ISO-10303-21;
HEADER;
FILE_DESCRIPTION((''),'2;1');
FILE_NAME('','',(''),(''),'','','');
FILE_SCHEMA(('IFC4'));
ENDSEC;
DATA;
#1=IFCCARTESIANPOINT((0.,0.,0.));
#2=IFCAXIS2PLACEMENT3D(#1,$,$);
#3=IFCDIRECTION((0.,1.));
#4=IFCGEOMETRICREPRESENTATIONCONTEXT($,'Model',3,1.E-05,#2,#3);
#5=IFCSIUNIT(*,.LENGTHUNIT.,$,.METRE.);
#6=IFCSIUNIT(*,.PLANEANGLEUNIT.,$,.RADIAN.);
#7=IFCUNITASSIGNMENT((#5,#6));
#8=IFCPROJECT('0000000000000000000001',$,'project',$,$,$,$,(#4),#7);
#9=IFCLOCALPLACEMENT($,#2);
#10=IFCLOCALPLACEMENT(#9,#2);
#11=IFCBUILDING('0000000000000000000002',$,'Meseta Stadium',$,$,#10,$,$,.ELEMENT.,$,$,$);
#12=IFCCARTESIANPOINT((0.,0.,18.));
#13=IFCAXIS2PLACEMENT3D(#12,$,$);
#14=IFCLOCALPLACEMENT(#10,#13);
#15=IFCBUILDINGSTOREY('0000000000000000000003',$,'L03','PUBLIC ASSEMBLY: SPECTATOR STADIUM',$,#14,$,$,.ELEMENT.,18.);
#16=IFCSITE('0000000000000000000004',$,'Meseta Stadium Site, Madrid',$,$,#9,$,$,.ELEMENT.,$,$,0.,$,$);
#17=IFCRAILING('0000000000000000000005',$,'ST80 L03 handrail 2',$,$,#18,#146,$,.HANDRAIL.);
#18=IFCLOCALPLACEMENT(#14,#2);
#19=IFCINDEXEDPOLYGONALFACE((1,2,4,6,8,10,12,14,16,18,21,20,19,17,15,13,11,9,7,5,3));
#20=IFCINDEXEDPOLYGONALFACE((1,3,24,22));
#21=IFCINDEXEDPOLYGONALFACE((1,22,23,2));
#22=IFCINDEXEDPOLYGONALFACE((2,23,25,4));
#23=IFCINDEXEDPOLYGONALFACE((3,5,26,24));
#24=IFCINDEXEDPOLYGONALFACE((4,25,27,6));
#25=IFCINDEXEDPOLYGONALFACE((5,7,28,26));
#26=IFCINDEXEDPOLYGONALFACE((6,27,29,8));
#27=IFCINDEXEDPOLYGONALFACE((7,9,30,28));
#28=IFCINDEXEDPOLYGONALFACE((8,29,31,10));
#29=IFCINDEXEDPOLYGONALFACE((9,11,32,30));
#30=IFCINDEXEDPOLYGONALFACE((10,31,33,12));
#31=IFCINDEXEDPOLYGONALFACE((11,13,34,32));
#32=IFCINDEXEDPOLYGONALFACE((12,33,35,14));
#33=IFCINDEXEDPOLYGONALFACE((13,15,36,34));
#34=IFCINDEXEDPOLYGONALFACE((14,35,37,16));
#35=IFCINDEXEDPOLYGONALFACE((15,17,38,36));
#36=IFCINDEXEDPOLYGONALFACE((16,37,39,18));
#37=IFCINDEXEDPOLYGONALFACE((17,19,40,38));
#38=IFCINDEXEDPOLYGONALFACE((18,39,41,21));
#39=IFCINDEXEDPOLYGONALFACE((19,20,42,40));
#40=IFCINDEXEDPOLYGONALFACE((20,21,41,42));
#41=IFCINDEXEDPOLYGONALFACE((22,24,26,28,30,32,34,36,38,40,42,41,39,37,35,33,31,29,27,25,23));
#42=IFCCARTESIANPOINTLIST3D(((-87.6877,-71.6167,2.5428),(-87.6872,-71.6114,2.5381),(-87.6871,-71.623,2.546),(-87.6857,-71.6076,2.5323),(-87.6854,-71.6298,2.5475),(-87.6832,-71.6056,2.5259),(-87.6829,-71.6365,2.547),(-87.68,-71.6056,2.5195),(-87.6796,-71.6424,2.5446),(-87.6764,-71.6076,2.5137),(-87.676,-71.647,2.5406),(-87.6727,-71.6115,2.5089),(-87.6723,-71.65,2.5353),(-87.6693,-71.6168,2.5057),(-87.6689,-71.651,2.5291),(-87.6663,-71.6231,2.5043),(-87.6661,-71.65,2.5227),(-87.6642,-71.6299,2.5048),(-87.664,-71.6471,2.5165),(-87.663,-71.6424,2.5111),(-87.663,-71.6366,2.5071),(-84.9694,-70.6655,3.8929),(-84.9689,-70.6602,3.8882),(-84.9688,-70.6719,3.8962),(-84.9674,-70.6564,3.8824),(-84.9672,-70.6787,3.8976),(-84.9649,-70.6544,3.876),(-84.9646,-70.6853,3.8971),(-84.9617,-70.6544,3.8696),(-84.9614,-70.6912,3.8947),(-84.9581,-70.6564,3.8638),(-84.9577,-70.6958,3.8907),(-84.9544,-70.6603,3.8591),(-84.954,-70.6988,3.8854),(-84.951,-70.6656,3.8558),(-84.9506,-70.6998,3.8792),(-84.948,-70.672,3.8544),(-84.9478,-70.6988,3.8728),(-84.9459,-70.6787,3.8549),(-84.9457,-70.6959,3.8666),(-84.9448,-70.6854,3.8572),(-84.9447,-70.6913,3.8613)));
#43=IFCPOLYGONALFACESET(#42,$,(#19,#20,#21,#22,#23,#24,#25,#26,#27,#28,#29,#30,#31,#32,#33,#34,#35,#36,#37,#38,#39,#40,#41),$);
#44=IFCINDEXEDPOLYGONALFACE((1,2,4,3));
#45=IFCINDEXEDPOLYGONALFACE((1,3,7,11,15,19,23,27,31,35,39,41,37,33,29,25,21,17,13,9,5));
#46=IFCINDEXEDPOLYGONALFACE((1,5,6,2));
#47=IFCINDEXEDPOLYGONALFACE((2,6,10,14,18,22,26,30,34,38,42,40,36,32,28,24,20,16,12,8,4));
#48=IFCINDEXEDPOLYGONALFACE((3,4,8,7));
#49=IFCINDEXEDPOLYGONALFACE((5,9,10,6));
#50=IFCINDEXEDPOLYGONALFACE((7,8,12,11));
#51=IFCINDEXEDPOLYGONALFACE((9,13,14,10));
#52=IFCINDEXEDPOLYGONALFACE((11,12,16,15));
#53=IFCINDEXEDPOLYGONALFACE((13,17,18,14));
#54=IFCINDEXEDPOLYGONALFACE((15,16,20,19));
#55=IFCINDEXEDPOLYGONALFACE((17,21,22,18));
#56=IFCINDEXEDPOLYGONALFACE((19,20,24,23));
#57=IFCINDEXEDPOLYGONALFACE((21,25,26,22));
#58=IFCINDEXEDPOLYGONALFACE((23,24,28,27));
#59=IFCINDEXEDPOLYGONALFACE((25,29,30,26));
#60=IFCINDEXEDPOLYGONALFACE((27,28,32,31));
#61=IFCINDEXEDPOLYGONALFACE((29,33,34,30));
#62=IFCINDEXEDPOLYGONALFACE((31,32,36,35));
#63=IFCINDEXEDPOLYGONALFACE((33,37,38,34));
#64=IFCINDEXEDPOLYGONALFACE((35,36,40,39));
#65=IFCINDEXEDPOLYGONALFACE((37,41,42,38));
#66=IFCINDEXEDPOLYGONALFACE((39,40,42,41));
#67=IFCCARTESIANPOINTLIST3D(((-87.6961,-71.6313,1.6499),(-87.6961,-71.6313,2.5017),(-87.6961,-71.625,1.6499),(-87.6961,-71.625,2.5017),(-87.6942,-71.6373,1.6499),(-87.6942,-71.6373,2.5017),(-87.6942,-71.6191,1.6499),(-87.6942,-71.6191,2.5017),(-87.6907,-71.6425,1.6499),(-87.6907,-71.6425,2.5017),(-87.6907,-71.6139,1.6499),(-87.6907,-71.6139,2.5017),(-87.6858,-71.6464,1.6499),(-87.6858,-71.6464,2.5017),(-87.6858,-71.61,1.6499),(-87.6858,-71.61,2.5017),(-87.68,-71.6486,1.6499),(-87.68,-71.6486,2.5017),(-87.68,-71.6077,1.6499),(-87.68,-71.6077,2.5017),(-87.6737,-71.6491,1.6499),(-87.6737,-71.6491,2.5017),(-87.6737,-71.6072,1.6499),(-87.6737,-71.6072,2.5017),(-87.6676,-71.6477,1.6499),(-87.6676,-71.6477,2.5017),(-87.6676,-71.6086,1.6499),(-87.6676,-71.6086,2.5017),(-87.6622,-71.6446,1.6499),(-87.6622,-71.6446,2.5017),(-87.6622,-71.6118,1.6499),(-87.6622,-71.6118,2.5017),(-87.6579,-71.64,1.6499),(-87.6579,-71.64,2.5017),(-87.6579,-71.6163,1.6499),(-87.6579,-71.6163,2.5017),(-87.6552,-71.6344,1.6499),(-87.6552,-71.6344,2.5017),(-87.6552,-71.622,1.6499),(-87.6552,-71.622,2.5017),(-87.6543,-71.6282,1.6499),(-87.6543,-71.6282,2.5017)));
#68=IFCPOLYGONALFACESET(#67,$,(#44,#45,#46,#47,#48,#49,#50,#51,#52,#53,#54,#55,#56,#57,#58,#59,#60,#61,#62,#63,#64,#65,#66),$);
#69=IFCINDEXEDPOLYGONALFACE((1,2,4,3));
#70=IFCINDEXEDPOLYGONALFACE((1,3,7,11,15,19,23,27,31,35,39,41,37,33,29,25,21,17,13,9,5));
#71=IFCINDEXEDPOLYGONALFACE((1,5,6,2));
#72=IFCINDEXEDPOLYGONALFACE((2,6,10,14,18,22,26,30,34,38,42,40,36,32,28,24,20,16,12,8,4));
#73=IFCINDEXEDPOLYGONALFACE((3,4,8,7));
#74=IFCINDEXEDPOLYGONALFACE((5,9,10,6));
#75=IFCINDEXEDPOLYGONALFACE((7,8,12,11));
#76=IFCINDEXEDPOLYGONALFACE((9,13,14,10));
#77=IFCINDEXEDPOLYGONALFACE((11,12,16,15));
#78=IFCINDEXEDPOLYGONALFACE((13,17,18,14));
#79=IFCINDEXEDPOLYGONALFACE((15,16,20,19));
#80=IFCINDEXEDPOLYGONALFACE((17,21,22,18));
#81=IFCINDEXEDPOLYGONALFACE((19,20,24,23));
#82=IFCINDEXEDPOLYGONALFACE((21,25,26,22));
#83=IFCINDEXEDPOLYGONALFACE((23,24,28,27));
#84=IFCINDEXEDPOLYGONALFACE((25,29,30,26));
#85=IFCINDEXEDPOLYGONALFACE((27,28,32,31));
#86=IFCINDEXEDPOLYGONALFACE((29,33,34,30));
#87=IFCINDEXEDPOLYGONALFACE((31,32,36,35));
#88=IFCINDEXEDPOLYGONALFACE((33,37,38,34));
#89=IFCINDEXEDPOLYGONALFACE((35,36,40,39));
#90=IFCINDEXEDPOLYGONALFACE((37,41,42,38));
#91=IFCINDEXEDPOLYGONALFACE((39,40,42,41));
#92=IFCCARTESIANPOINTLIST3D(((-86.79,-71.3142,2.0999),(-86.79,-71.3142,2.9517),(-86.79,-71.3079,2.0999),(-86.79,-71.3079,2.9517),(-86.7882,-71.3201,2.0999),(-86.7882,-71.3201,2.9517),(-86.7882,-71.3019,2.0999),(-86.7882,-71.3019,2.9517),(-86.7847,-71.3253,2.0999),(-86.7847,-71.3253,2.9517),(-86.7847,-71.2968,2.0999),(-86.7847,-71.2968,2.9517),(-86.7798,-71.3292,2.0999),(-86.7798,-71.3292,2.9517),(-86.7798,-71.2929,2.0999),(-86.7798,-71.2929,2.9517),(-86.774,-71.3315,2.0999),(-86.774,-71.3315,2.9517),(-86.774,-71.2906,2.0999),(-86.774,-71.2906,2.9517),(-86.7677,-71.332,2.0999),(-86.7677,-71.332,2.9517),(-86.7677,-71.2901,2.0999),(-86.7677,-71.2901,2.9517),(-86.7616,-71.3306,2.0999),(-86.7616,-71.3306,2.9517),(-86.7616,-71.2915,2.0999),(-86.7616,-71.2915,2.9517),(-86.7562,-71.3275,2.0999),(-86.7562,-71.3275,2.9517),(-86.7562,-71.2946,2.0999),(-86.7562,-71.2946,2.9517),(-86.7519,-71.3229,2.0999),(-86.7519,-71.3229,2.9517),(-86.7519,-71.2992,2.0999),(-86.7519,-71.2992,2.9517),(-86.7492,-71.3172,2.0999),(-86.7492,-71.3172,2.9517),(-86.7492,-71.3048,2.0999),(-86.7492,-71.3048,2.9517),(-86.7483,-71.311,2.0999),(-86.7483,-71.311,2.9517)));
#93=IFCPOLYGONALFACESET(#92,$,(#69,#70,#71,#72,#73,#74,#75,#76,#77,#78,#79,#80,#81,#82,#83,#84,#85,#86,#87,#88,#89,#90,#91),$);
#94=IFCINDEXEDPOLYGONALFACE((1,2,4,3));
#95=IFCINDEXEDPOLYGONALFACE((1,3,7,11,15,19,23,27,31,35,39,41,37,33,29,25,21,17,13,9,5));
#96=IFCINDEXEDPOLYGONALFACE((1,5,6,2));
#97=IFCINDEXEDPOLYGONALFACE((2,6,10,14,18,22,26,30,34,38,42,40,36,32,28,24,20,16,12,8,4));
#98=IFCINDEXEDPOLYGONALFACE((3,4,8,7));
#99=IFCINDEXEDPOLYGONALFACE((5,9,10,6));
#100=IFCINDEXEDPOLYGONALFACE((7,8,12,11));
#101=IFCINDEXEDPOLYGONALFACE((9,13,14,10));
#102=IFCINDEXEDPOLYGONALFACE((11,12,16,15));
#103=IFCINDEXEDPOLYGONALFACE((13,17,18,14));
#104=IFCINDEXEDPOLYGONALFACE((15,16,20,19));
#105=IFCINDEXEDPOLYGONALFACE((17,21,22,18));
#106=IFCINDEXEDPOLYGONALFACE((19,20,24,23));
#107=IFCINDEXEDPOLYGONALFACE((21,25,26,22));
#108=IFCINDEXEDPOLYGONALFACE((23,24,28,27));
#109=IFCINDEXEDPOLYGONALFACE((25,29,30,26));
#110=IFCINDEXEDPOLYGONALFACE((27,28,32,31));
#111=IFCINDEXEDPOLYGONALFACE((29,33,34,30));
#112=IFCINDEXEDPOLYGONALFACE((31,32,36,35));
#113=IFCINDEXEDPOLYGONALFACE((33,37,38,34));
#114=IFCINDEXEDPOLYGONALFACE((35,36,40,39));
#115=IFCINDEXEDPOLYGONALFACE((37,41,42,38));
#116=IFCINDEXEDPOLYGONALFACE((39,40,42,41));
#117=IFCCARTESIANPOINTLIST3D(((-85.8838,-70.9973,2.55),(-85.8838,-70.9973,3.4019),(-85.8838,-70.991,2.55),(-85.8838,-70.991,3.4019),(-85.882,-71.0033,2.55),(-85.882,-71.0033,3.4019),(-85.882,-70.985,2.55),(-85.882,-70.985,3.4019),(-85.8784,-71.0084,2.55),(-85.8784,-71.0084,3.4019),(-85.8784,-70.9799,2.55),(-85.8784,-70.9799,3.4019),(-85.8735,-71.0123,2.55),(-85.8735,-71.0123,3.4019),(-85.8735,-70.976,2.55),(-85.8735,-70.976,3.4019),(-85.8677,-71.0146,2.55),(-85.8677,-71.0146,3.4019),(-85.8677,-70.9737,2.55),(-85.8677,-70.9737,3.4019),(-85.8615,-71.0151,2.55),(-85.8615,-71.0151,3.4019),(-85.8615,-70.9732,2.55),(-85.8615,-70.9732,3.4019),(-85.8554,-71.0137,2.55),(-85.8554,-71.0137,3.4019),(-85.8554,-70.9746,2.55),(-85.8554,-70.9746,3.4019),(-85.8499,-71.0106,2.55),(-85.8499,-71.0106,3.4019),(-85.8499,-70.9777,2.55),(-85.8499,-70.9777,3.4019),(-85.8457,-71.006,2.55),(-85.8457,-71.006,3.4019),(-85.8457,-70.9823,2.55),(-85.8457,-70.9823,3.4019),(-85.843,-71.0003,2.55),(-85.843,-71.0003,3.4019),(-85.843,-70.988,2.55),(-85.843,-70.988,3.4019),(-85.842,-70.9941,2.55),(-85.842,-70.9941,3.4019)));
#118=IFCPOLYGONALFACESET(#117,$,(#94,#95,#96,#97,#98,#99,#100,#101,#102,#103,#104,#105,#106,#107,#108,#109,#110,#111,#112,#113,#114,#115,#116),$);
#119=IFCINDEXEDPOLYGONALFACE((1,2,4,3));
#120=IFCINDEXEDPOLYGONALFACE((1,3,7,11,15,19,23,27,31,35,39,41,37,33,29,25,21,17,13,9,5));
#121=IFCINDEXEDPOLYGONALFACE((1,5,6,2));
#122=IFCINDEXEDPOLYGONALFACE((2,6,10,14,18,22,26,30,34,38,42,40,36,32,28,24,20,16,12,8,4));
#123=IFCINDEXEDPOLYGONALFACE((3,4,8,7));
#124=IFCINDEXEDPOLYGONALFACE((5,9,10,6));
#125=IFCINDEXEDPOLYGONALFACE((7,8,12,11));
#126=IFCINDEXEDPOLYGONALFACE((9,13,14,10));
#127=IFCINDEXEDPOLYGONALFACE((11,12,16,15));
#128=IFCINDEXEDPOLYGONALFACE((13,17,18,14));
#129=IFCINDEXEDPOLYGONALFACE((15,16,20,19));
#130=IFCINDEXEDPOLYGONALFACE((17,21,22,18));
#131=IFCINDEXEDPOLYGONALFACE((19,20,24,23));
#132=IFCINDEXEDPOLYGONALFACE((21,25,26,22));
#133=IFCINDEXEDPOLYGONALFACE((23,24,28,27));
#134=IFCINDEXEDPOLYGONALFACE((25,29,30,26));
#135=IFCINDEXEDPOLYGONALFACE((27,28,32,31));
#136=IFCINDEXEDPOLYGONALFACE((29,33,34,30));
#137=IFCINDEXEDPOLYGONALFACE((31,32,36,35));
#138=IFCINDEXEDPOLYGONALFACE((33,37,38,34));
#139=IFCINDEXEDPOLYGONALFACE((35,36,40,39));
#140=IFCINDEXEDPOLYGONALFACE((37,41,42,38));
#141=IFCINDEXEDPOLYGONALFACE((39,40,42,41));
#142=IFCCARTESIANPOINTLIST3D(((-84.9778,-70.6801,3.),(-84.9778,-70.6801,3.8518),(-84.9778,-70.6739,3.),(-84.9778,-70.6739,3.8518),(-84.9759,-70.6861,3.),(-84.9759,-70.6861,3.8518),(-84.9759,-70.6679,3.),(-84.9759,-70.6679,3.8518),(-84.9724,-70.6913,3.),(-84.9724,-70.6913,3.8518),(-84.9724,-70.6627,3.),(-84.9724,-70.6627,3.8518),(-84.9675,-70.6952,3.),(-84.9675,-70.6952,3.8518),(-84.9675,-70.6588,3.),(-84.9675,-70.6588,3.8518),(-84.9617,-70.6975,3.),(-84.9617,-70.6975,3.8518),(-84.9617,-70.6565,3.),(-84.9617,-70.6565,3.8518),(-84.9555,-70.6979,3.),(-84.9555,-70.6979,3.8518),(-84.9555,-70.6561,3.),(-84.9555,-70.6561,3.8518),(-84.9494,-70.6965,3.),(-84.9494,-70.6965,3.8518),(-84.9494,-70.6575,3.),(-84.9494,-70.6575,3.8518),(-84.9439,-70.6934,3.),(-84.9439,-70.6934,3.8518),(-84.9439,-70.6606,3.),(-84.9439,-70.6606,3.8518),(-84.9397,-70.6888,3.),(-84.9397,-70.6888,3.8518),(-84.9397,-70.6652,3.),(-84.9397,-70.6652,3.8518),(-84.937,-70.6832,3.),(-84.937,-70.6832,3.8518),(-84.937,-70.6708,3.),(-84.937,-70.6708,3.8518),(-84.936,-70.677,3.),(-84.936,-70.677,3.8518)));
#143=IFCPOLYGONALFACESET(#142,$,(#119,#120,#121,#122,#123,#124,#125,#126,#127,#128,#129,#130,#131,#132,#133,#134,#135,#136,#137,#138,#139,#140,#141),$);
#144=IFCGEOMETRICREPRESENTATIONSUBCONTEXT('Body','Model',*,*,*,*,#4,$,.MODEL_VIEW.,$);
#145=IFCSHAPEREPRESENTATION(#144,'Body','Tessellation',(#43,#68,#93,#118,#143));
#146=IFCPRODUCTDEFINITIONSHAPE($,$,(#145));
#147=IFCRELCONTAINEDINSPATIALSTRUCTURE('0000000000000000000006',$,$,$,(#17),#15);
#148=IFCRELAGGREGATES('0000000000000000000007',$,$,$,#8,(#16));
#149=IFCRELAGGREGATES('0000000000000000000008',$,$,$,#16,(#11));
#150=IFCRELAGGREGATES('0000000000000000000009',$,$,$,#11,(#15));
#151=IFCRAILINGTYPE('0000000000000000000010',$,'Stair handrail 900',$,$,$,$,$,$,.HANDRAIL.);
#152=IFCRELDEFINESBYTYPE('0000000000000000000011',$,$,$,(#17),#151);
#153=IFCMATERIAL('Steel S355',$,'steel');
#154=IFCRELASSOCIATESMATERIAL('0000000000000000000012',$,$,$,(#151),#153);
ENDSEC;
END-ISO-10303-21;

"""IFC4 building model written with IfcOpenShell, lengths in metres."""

from ifc_helpers import new_model, si_unit, direction, frame, origin, origin_2d, place, context, subcontext, project, spatial, circle, extrude, material, type_object, element, save


model = new_model("IFC4")

# Units and contexts
model_context = context("Model", 3, precision=1e-05, world=origin(), true_north=direction((0.0, 1.0)))
body_context = subcontext(model_context, "Body", "Model", "MODEL_VIEW")
ifc_project = project(units=[si_unit("LENGTHUNIT", "METRE"), si_unit("PLANEANGLEUNIT", "RADIAN")], contexts=[model_context])

# Site, building, storey
site_placement = place(None, origin())
site = spatial("IfcSite", under=ifc_project, at=site_placement, Name="Meseta Stadium Site, Madrid", CompositionType="ELEMENT", RefElevation=0.0)
building_placement = place(site_placement, origin())
building = spatial("IfcBuilding", under=site, at=building_placement, Name="Meseta Stadium", CompositionType="ELEMENT")
storey_placement = place(building_placement, frame((0.0, 0.0, 18.0)))
storey = spatial("IfcBuildingStorey", under=building, at=storey_placement, Name="L03", Description="PUBLIC ASSEMBLY: SPECTATOR STADIUM", CompositionType="ELEMENT", Elevation=18.0)

# Railing
ifc_material_1 = material(Name="Steel S355", Category="steel")
railing_type_1 = type_object("IfcRailingType", Name="Stair handrail 900", PredefinedType="HANDRAIL", material=ifc_material_1)
for number, where, name in (
    (1, (-87.6753, -71.6282, 1.6499), "ST80 L03 handrail 2"),
):
    element("IfcRailing", number, at=place(storey_placement, frame(where)), inside=storey, type_object=railing_type_1, Name=name, PredefinedType="HANDRAIL", context=body_context, shape_type="SweptSolid", body=[
        extrude(circle(Radius=0.0239, at=origin_2d()), frame((0.0, 0.0, 0.876), z_axis=(0.854629, 0.299051, 0.424474), x_axis=(-0.330282, 0.943882, 0.0)), (0.0, 0.0, 1.0), 3.1807),
        extrude(circle(Radius=0.021, at=origin_2d()), origin(), (0.0, 0.0, 1.0), 0.8518),
        extrude(circle(Radius=0.021, at=origin_2d()), frame((0.906, 0.3171, 0.45)), (0.0, 0.0, 1.0), 0.8518),
        extrude(circle(Radius=0.021, at=origin_2d()), frame((1.8123, 0.634, 0.9001)), (0.0, 0.0, 1.0), 0.8518),
        extrude(circle(Radius=0.021, at=origin_2d()), frame((2.7183, 0.9512, 1.3501)), (0.0, 0.0, 1.0), 0.8518),
    ])

save(model, "model.ifc")
